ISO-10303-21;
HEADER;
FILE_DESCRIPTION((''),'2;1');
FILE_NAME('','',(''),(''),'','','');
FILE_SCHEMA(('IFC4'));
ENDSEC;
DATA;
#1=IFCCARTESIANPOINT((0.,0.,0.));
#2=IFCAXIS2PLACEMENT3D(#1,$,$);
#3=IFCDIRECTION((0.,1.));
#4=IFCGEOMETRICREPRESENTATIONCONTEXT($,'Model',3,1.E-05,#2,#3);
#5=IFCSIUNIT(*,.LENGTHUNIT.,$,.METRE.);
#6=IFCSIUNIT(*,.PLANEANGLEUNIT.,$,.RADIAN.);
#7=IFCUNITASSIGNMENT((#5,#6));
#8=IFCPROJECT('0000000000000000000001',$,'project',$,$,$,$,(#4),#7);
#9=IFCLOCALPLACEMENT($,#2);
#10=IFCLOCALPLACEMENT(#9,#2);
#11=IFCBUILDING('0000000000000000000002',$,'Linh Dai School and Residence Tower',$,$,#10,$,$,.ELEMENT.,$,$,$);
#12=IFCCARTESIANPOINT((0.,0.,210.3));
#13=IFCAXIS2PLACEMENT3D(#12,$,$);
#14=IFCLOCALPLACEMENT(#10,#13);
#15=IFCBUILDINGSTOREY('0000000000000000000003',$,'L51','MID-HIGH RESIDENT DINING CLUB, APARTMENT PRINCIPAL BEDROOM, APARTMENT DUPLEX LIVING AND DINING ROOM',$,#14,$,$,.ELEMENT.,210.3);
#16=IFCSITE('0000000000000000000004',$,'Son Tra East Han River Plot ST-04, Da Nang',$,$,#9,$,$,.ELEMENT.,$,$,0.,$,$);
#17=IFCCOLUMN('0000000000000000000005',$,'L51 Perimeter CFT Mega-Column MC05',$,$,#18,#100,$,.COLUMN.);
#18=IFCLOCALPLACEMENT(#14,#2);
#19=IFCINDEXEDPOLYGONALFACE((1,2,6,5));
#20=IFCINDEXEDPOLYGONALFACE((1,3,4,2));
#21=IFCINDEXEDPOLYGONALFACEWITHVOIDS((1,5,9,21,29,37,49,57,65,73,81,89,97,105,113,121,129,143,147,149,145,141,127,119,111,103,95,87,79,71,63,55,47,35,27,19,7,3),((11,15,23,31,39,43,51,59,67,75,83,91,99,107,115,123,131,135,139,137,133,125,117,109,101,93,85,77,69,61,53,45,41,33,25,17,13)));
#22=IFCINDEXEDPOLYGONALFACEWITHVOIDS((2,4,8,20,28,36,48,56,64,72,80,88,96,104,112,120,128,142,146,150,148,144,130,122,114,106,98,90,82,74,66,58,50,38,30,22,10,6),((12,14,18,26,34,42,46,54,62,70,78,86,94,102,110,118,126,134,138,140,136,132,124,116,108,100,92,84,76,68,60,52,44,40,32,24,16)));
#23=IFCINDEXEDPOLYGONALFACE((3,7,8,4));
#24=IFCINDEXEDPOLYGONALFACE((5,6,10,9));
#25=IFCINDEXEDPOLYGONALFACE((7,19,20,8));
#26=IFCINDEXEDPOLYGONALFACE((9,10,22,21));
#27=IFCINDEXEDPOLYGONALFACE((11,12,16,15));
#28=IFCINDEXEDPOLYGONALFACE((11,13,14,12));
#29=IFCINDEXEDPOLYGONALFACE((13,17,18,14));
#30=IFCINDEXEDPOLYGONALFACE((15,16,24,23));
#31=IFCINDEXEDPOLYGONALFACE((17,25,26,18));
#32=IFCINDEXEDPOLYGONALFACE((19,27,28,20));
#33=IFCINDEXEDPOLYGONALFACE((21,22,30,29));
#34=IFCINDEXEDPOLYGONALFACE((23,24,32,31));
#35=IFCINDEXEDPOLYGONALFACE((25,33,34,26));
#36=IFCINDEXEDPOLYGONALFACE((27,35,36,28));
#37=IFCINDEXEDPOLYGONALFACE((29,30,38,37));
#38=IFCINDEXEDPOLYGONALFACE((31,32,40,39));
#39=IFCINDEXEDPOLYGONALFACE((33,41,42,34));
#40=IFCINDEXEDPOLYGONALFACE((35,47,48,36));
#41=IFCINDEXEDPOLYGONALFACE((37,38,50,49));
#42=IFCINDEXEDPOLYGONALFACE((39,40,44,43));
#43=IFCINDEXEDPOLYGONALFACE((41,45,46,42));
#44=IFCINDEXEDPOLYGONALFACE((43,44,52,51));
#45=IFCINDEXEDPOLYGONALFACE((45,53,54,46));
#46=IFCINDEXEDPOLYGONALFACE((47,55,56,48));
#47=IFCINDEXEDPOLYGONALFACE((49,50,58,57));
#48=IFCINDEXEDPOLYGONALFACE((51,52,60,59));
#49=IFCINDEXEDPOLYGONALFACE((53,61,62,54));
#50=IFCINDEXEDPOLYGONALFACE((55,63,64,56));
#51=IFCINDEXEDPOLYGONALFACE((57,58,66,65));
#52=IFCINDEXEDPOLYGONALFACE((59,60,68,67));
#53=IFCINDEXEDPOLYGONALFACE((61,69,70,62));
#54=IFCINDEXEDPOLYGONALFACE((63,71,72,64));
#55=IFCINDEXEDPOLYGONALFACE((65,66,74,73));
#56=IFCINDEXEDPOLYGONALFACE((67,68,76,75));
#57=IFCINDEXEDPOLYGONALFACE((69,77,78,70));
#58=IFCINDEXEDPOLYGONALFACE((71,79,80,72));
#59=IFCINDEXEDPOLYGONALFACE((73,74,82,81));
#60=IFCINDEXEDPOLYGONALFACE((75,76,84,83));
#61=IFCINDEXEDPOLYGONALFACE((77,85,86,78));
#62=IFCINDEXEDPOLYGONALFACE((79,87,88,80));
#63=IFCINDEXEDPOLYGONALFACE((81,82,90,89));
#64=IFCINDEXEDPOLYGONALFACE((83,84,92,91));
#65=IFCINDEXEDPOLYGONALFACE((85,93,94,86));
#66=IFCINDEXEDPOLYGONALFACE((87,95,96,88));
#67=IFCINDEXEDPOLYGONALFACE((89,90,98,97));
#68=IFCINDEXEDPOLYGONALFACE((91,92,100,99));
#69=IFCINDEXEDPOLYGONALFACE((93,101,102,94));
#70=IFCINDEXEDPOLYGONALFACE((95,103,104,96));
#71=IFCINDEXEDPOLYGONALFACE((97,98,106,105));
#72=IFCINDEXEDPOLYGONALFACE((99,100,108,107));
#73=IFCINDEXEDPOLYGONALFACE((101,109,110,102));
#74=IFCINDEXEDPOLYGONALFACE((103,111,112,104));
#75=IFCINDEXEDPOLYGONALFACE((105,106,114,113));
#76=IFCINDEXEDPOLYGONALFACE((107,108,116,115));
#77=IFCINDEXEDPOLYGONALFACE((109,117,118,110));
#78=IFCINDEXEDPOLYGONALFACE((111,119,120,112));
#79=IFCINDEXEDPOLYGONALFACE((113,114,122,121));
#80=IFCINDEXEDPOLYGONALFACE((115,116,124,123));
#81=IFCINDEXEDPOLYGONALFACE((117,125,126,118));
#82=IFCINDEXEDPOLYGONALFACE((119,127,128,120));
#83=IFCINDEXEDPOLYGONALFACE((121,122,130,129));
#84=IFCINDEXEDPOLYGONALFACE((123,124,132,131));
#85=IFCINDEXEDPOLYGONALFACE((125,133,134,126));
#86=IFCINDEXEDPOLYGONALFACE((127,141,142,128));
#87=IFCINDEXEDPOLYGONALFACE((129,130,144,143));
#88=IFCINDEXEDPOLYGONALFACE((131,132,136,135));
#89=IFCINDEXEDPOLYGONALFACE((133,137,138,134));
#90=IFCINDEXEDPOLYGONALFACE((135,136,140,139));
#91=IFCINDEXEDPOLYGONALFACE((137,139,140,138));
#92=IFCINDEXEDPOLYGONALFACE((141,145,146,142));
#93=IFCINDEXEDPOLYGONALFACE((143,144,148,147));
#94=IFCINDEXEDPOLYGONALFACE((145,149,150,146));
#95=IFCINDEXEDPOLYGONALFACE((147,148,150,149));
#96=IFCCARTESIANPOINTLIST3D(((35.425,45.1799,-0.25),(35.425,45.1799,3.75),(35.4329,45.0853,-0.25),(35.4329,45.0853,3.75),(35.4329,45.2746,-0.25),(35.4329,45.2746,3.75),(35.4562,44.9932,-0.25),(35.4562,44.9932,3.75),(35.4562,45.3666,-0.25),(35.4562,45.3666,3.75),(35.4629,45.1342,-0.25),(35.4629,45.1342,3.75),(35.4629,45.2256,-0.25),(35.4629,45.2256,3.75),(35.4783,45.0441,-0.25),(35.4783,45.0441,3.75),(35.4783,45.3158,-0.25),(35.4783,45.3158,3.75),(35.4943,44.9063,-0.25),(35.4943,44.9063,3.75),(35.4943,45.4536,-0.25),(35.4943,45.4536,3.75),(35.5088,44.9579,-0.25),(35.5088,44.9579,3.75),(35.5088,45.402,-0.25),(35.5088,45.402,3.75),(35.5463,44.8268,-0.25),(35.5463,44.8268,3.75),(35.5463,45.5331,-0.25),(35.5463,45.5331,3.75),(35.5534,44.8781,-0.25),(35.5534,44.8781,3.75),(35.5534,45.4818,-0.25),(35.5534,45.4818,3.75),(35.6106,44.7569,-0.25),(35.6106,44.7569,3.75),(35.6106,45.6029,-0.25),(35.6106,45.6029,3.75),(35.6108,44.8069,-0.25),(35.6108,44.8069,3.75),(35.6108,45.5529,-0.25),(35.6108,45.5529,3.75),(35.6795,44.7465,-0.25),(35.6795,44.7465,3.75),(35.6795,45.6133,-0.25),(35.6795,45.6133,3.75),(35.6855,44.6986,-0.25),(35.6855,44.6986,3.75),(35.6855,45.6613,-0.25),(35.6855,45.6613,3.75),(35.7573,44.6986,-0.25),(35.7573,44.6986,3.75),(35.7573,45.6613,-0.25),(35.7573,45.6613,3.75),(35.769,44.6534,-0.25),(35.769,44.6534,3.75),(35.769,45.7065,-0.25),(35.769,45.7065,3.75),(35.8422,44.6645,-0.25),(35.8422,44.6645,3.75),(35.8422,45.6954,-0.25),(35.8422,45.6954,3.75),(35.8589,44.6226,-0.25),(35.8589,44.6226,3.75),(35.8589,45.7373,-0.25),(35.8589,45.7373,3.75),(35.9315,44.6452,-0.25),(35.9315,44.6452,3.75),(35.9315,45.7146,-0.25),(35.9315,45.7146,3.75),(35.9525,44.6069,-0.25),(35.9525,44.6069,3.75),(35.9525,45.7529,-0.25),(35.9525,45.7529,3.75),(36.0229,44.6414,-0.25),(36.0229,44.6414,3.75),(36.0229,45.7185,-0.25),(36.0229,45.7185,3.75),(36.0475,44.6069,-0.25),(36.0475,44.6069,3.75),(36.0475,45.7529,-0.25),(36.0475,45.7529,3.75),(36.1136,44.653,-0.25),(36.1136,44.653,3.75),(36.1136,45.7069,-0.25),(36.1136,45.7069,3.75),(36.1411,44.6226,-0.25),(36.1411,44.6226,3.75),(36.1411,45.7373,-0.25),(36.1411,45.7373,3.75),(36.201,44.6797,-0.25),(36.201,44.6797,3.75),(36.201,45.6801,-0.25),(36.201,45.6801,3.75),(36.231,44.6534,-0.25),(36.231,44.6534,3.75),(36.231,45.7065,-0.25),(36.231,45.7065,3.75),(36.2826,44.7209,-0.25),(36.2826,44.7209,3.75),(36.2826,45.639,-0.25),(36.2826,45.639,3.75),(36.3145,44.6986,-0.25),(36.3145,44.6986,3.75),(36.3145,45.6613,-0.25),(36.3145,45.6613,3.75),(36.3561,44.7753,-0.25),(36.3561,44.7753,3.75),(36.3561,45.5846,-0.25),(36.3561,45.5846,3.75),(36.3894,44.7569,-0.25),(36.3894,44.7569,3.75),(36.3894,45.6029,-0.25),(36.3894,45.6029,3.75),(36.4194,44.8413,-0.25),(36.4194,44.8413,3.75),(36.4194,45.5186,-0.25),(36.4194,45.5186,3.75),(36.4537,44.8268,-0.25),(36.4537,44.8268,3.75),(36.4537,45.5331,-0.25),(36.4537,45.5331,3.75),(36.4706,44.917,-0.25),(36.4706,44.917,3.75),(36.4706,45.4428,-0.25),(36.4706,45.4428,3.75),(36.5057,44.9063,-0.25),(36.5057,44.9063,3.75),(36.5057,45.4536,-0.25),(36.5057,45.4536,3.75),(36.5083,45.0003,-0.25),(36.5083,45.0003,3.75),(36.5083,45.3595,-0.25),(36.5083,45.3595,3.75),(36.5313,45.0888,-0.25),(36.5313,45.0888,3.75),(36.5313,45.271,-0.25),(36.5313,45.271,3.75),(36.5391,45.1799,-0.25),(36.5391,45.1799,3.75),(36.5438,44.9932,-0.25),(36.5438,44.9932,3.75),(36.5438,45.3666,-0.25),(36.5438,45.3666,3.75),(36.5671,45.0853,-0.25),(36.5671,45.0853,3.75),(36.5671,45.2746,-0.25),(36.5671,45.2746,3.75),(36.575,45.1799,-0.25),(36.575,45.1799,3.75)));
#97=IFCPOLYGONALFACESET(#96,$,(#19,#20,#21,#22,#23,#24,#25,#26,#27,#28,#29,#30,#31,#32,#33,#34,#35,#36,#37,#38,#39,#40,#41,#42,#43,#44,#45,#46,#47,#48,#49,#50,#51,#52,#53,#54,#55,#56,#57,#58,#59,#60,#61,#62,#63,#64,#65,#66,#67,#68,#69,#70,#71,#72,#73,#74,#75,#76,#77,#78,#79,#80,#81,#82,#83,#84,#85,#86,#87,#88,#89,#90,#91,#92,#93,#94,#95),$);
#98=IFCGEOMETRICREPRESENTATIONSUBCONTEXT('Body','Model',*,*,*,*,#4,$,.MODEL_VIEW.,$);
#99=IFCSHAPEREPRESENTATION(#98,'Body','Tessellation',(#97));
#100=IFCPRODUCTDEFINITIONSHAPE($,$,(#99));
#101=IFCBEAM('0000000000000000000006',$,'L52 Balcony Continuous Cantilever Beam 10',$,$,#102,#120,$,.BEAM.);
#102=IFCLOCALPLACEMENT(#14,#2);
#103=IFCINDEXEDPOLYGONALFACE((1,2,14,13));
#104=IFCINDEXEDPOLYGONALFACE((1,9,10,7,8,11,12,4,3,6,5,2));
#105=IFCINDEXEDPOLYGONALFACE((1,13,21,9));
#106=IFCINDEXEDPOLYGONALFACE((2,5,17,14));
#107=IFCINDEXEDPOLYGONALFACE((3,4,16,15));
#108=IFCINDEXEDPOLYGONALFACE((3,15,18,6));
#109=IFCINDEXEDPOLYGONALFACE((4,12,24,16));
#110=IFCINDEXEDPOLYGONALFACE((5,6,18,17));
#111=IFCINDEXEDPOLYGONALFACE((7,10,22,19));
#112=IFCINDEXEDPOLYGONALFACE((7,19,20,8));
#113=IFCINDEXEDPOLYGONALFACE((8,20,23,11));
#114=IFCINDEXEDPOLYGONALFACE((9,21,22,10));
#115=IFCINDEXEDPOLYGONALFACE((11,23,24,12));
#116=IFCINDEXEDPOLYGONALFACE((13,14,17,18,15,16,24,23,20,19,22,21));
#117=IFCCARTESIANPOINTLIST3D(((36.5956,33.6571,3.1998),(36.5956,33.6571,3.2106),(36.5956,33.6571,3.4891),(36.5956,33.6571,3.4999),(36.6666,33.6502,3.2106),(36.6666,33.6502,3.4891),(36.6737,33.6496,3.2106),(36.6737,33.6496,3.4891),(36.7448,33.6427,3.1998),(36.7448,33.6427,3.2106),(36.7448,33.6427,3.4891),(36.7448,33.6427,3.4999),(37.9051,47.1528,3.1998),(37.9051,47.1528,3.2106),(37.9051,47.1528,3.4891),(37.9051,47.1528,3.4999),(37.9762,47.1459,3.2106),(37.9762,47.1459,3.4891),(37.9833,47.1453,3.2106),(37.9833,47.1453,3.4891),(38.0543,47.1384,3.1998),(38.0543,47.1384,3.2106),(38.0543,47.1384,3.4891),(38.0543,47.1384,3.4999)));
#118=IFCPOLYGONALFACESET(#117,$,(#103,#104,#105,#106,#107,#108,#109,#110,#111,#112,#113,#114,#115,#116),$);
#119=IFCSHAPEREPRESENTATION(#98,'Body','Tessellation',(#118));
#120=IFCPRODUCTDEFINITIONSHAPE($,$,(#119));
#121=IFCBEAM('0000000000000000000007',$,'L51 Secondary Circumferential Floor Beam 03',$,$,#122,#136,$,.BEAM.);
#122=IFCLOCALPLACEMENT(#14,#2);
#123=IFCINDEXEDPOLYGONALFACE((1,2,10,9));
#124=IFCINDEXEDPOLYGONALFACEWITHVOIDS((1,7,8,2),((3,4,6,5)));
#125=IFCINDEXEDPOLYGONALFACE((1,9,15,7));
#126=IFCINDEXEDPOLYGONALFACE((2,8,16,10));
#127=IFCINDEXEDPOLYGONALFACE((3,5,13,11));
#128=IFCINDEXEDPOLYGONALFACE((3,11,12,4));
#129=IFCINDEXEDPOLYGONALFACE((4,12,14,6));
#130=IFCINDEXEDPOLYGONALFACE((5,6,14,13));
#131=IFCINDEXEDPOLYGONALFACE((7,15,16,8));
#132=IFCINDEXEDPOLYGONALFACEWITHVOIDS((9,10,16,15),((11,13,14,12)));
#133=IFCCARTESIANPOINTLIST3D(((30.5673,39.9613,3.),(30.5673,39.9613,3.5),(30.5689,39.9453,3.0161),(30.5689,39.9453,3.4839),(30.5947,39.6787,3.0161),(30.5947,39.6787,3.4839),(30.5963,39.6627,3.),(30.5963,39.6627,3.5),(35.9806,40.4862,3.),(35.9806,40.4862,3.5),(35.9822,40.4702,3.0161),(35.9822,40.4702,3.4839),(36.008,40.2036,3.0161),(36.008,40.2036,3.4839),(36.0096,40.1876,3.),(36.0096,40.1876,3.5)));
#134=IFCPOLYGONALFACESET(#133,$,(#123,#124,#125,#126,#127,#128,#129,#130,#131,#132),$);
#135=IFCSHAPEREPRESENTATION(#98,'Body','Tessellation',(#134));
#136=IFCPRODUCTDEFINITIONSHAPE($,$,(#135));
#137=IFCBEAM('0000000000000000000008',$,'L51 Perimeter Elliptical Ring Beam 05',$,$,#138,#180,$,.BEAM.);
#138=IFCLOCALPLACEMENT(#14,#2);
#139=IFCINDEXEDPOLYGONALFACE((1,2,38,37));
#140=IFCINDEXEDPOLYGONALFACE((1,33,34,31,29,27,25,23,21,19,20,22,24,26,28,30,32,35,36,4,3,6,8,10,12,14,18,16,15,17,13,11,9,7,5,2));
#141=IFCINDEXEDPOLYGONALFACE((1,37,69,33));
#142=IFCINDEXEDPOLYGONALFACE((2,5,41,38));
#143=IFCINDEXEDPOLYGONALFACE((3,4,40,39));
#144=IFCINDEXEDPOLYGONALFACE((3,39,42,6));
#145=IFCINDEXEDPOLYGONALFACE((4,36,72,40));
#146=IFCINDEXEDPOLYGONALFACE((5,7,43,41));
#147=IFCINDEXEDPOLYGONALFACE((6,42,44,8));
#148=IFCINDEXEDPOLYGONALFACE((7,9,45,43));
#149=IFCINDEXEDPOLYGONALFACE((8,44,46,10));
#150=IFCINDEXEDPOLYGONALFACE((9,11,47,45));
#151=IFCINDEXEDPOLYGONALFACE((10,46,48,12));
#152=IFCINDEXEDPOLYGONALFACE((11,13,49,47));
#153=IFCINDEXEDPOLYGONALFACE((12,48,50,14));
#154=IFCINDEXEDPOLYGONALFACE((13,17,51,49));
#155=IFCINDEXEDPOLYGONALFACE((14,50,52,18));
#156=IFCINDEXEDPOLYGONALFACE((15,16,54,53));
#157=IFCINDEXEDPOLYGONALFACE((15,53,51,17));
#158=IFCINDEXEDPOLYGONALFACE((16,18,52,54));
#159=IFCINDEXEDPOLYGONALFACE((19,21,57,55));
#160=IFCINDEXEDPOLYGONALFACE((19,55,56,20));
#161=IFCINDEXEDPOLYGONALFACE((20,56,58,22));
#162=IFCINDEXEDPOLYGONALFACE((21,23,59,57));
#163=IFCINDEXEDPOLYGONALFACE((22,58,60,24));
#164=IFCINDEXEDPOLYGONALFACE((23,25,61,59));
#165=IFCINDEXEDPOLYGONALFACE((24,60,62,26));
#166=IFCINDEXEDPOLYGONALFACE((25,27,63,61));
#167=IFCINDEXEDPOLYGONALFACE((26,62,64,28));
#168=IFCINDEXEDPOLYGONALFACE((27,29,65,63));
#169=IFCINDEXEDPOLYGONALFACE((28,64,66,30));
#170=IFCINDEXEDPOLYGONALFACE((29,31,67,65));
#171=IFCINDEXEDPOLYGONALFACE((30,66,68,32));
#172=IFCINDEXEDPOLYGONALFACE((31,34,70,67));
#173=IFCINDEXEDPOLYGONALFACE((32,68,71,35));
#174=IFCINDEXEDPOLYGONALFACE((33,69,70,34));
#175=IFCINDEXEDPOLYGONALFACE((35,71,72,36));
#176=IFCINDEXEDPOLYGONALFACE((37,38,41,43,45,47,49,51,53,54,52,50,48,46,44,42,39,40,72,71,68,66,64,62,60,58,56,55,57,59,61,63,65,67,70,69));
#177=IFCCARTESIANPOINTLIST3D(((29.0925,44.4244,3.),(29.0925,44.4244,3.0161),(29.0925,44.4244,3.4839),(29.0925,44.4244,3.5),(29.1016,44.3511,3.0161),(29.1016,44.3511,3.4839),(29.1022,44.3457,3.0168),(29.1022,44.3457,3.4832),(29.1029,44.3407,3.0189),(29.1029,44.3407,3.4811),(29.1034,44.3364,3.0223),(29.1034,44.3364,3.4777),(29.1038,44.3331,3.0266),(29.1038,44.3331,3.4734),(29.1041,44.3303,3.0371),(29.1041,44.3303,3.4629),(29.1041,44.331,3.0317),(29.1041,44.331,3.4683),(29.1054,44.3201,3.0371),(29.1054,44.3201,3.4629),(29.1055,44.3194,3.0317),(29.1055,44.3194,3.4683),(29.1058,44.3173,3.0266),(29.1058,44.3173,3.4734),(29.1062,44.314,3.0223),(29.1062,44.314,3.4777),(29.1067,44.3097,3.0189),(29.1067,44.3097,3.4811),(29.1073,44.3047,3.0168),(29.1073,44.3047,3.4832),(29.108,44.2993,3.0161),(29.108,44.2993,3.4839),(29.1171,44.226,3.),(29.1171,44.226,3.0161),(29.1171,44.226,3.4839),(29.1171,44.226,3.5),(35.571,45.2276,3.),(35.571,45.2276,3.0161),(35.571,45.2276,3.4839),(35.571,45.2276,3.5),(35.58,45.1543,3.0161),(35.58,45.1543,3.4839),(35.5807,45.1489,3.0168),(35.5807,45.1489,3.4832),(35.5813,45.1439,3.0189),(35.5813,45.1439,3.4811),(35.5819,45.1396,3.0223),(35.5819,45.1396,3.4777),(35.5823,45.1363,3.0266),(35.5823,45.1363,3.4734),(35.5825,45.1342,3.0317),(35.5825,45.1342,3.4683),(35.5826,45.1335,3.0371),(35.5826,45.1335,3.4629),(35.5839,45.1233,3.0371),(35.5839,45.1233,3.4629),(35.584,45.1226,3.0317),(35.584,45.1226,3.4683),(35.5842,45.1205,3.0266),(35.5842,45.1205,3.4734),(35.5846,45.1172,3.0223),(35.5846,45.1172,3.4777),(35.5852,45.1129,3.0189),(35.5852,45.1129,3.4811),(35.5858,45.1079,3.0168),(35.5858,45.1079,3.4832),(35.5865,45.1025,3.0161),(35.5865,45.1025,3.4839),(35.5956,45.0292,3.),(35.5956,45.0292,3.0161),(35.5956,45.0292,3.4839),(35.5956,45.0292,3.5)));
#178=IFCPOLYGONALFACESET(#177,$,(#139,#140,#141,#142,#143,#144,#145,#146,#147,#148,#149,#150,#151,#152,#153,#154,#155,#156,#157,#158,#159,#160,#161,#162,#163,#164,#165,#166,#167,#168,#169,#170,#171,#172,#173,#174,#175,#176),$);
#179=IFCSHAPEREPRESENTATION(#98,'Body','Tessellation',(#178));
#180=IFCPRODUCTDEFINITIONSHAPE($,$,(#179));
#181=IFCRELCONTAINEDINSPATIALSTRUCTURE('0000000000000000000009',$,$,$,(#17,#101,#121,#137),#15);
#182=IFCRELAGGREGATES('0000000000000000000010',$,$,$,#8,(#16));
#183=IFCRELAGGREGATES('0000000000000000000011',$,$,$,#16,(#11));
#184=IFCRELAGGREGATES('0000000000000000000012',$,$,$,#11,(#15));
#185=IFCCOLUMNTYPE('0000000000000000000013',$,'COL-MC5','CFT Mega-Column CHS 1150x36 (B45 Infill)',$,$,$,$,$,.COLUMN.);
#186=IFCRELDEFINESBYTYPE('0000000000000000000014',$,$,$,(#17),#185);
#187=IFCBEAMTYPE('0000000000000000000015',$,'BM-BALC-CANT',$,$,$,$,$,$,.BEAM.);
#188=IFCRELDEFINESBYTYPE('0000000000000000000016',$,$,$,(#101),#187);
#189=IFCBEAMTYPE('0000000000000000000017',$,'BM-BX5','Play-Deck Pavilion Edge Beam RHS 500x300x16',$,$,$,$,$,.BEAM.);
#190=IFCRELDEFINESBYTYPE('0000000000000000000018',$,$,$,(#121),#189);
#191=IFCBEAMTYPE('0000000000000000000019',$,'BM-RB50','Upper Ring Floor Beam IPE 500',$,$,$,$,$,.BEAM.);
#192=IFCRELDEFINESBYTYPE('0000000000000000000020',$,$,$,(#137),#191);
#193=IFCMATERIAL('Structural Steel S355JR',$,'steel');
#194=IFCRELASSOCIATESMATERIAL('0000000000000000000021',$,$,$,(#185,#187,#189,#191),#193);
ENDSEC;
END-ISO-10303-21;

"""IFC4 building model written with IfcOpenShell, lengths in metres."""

from ifc_helpers import new_model, si_unit, direction, frame, origin, origin_2d, place, context, subcontext, project, spatial, hollow_rectangle, hollow_circle, i_section, extrude, material, material_profile, profile_set, type_object, element, save


model = new_model("IFC4")

# Units and contexts
model_context = context("Model", 3, precision=1e-05, world=origin(), true_north=direction((0.0, 1.0)))
body_context = subcontext(model_context, "Body", "Model", "MODEL_VIEW")
ifc_project = project(units=[si_unit("LENGTHUNIT", "METRE"), si_unit("PLANEANGLEUNIT", "RADIAN")], contexts=[model_context])

# Site, building, storey
site_placement = place(None, origin())
site = spatial("IfcSite", under=ifc_project, at=site_placement, Name="Son Tra East Han River Plot ST-04, Da Nang", CompositionType="ELEMENT", RefElevation=0.0)
building_placement = place(site_placement, origin())
building = spatial("IfcBuilding", under=site, at=building_placement, Name="Linh Dai School and Residence Tower", CompositionType="ELEMENT")
storey_placement = place(building_placement, frame((0.0, 0.0, 210.3)))
storey = spatial("IfcBuildingStorey", under=building, at=storey_placement, Name="L51", Description="MID-HIGH RESIDENT DINING CLUB, APARTMENT PRINCIPAL BEDROOM, APARTMENT DUPLEX LIVING AND DINING ROOM", CompositionType="ELEMENT", Elevation=210.3)

# Column
ifc_material_1 = material(Name="Structural Steel S355JR", Category="steel")
ifc_material_profile_1 = material_profile(ifc_material_1, hollow_circle(Radius=0.575, WallThickness=0.0359, at=origin_2d()), Name="CHS 1150x36")
ifc_profile_set_1 = profile_set([ifc_material_profile_1], Name="Structural Steel S355JR")
column_type = type_object("IfcColumnType", Name="COL-MC5", Description="CFT Mega-Column CHS 1150x36 (B45 Infill)", PredefinedType="COLUMN", material=ifc_profile_set_1)
column_placement = place(storey_placement, frame((36.0, 45.1799, -0.25), z_axis=(0.0, 0.0, 1.0), x_axis=(1.0, 0.0, 0.0)))
element("IfcColumn", 1, at=column_placement, inside=storey, type_object=column_type, Name="L51 Perimeter CFT Mega-Column MC05", PredefinedType="COLUMN", context=body_context, shape_type="SweptSolid", body=[
    extrude(hollow_circle(Radius=0.575, WallThickness=0.0359, at=origin_2d()), origin(), (0.0, 0.0, 1.0), 4.0),
])

# Beams
ifc_material_profile_2 = material_profile(ifc_material_1, i_section(OverallWidth=0.1499, OverallDepth=0.3, WebThickness=0.0071, FlangeThickness=0.0107, at=origin_2d()), Name="IPE 300")
ifc_profile_set_2 = profile_set([ifc_material_profile_2], Name="Structural Steel S355JR")
beam_type_1 = type_object("IfcBeamType", Name="BM-BALC-CANT", PredefinedType="BEAM", material=ifc_profile_set_2)
beam_1_placement = place(storey_placement, frame((36.6702, 33.6499, 3.3499), z_axis=(0.096583, 0.995325, 0.0), x_axis=(-0.995325, 0.096583, 0.0)))
element("IfcBeam", 2, at=beam_1_placement, inside=storey, type_object=beam_type_1, Name="L52 Balcony Continuous Cantilever Beam 10", PredefinedType="BEAM", context=body_context, shape_type="SweptSolid", body=[
    extrude(i_section(OverallWidth=0.1499, OverallDepth=0.3, WebThickness=0.0071, FlangeThickness=0.0107, at=origin_2d()), origin(), (0.0, 0.0, 1.0), 13.5591),
])
ifc_material_profile_3 = material_profile(ifc_material_1, hollow_rectangle(XDim=0.3, YDim=0.5, WallThickness=0.0161, at=origin_2d()), Name="RHS 500x300x16")
ifc_profile_set_3 = profile_set([ifc_material_profile_3], Name="Structural Steel S355JR")
beam_type_2 = type_object("IfcBeamType", Name="BM-BX5", Description="Play-Deck Pavilion Edge Beam RHS 500x300x16", PredefinedType="BEAM", material=ifc_profile_set_3)
beam_2_placement = place(storey_placement, frame((35.9951, 40.3369, 3.25), z_axis=(-0.995332, -0.096512, 0.0), x_axis=(0.096512, -0.995332, 0.0)))
element("IfcBeam", 3, at=beam_2_placement, inside=storey, type_object=beam_type_2, Name="L51 Secondary Circumferential Floor Beam 03", PredefinedType="BEAM", context=body_context, shape_type="SweptSolid", body=[
    extrude(hollow_rectangle(XDim=0.3, YDim=0.5, WallThickness=0.0161, at=origin_2d()), origin(), (0.0, 0.0, 1.0), 5.4387),
])
ifc_material_profile_4 = material_profile(ifc_material_1, i_section(OverallWidth=0.2, OverallDepth=0.5, WebThickness=0.0103, FlangeThickness=0.0161, FilletRadius=0.021, at=origin_2d()), Name="IPE 500")
ifc_profile_set_4 = profile_set([ifc_material_profile_4], Name="Structural Steel S355JR")
beam_type_3 = type_object("IfcBeamType", Name="BM-RB50", Description="Upper Ring Floor Beam IPE 500", PredefinedType="BEAM", material=ifc_profile_set_4)
beam_3_placement = place(storey_placement, frame((35.5833, 45.1284, 3.25), z_axis=(-0.992402, -0.12304, 0.0), x_axis=(0.12304, -0.992402, 0.0)))
element("IfcBeam", 4, at=beam_3_placement, inside=storey, type_object=beam_type_3, Name="L51 Perimeter Elliptical Ring Beam 05", PredefinedType="BEAM", context=body_context, shape_type="SweptSolid", body=[
    extrude(i_section(OverallWidth=0.2, OverallDepth=0.5, WebThickness=0.0103, FlangeThickness=0.0161, FilletRadius=0.021, at=origin_2d()), origin(), (0.0, 0.0, 1.0), 6.5281),
])

save(model, "model.ifc")
